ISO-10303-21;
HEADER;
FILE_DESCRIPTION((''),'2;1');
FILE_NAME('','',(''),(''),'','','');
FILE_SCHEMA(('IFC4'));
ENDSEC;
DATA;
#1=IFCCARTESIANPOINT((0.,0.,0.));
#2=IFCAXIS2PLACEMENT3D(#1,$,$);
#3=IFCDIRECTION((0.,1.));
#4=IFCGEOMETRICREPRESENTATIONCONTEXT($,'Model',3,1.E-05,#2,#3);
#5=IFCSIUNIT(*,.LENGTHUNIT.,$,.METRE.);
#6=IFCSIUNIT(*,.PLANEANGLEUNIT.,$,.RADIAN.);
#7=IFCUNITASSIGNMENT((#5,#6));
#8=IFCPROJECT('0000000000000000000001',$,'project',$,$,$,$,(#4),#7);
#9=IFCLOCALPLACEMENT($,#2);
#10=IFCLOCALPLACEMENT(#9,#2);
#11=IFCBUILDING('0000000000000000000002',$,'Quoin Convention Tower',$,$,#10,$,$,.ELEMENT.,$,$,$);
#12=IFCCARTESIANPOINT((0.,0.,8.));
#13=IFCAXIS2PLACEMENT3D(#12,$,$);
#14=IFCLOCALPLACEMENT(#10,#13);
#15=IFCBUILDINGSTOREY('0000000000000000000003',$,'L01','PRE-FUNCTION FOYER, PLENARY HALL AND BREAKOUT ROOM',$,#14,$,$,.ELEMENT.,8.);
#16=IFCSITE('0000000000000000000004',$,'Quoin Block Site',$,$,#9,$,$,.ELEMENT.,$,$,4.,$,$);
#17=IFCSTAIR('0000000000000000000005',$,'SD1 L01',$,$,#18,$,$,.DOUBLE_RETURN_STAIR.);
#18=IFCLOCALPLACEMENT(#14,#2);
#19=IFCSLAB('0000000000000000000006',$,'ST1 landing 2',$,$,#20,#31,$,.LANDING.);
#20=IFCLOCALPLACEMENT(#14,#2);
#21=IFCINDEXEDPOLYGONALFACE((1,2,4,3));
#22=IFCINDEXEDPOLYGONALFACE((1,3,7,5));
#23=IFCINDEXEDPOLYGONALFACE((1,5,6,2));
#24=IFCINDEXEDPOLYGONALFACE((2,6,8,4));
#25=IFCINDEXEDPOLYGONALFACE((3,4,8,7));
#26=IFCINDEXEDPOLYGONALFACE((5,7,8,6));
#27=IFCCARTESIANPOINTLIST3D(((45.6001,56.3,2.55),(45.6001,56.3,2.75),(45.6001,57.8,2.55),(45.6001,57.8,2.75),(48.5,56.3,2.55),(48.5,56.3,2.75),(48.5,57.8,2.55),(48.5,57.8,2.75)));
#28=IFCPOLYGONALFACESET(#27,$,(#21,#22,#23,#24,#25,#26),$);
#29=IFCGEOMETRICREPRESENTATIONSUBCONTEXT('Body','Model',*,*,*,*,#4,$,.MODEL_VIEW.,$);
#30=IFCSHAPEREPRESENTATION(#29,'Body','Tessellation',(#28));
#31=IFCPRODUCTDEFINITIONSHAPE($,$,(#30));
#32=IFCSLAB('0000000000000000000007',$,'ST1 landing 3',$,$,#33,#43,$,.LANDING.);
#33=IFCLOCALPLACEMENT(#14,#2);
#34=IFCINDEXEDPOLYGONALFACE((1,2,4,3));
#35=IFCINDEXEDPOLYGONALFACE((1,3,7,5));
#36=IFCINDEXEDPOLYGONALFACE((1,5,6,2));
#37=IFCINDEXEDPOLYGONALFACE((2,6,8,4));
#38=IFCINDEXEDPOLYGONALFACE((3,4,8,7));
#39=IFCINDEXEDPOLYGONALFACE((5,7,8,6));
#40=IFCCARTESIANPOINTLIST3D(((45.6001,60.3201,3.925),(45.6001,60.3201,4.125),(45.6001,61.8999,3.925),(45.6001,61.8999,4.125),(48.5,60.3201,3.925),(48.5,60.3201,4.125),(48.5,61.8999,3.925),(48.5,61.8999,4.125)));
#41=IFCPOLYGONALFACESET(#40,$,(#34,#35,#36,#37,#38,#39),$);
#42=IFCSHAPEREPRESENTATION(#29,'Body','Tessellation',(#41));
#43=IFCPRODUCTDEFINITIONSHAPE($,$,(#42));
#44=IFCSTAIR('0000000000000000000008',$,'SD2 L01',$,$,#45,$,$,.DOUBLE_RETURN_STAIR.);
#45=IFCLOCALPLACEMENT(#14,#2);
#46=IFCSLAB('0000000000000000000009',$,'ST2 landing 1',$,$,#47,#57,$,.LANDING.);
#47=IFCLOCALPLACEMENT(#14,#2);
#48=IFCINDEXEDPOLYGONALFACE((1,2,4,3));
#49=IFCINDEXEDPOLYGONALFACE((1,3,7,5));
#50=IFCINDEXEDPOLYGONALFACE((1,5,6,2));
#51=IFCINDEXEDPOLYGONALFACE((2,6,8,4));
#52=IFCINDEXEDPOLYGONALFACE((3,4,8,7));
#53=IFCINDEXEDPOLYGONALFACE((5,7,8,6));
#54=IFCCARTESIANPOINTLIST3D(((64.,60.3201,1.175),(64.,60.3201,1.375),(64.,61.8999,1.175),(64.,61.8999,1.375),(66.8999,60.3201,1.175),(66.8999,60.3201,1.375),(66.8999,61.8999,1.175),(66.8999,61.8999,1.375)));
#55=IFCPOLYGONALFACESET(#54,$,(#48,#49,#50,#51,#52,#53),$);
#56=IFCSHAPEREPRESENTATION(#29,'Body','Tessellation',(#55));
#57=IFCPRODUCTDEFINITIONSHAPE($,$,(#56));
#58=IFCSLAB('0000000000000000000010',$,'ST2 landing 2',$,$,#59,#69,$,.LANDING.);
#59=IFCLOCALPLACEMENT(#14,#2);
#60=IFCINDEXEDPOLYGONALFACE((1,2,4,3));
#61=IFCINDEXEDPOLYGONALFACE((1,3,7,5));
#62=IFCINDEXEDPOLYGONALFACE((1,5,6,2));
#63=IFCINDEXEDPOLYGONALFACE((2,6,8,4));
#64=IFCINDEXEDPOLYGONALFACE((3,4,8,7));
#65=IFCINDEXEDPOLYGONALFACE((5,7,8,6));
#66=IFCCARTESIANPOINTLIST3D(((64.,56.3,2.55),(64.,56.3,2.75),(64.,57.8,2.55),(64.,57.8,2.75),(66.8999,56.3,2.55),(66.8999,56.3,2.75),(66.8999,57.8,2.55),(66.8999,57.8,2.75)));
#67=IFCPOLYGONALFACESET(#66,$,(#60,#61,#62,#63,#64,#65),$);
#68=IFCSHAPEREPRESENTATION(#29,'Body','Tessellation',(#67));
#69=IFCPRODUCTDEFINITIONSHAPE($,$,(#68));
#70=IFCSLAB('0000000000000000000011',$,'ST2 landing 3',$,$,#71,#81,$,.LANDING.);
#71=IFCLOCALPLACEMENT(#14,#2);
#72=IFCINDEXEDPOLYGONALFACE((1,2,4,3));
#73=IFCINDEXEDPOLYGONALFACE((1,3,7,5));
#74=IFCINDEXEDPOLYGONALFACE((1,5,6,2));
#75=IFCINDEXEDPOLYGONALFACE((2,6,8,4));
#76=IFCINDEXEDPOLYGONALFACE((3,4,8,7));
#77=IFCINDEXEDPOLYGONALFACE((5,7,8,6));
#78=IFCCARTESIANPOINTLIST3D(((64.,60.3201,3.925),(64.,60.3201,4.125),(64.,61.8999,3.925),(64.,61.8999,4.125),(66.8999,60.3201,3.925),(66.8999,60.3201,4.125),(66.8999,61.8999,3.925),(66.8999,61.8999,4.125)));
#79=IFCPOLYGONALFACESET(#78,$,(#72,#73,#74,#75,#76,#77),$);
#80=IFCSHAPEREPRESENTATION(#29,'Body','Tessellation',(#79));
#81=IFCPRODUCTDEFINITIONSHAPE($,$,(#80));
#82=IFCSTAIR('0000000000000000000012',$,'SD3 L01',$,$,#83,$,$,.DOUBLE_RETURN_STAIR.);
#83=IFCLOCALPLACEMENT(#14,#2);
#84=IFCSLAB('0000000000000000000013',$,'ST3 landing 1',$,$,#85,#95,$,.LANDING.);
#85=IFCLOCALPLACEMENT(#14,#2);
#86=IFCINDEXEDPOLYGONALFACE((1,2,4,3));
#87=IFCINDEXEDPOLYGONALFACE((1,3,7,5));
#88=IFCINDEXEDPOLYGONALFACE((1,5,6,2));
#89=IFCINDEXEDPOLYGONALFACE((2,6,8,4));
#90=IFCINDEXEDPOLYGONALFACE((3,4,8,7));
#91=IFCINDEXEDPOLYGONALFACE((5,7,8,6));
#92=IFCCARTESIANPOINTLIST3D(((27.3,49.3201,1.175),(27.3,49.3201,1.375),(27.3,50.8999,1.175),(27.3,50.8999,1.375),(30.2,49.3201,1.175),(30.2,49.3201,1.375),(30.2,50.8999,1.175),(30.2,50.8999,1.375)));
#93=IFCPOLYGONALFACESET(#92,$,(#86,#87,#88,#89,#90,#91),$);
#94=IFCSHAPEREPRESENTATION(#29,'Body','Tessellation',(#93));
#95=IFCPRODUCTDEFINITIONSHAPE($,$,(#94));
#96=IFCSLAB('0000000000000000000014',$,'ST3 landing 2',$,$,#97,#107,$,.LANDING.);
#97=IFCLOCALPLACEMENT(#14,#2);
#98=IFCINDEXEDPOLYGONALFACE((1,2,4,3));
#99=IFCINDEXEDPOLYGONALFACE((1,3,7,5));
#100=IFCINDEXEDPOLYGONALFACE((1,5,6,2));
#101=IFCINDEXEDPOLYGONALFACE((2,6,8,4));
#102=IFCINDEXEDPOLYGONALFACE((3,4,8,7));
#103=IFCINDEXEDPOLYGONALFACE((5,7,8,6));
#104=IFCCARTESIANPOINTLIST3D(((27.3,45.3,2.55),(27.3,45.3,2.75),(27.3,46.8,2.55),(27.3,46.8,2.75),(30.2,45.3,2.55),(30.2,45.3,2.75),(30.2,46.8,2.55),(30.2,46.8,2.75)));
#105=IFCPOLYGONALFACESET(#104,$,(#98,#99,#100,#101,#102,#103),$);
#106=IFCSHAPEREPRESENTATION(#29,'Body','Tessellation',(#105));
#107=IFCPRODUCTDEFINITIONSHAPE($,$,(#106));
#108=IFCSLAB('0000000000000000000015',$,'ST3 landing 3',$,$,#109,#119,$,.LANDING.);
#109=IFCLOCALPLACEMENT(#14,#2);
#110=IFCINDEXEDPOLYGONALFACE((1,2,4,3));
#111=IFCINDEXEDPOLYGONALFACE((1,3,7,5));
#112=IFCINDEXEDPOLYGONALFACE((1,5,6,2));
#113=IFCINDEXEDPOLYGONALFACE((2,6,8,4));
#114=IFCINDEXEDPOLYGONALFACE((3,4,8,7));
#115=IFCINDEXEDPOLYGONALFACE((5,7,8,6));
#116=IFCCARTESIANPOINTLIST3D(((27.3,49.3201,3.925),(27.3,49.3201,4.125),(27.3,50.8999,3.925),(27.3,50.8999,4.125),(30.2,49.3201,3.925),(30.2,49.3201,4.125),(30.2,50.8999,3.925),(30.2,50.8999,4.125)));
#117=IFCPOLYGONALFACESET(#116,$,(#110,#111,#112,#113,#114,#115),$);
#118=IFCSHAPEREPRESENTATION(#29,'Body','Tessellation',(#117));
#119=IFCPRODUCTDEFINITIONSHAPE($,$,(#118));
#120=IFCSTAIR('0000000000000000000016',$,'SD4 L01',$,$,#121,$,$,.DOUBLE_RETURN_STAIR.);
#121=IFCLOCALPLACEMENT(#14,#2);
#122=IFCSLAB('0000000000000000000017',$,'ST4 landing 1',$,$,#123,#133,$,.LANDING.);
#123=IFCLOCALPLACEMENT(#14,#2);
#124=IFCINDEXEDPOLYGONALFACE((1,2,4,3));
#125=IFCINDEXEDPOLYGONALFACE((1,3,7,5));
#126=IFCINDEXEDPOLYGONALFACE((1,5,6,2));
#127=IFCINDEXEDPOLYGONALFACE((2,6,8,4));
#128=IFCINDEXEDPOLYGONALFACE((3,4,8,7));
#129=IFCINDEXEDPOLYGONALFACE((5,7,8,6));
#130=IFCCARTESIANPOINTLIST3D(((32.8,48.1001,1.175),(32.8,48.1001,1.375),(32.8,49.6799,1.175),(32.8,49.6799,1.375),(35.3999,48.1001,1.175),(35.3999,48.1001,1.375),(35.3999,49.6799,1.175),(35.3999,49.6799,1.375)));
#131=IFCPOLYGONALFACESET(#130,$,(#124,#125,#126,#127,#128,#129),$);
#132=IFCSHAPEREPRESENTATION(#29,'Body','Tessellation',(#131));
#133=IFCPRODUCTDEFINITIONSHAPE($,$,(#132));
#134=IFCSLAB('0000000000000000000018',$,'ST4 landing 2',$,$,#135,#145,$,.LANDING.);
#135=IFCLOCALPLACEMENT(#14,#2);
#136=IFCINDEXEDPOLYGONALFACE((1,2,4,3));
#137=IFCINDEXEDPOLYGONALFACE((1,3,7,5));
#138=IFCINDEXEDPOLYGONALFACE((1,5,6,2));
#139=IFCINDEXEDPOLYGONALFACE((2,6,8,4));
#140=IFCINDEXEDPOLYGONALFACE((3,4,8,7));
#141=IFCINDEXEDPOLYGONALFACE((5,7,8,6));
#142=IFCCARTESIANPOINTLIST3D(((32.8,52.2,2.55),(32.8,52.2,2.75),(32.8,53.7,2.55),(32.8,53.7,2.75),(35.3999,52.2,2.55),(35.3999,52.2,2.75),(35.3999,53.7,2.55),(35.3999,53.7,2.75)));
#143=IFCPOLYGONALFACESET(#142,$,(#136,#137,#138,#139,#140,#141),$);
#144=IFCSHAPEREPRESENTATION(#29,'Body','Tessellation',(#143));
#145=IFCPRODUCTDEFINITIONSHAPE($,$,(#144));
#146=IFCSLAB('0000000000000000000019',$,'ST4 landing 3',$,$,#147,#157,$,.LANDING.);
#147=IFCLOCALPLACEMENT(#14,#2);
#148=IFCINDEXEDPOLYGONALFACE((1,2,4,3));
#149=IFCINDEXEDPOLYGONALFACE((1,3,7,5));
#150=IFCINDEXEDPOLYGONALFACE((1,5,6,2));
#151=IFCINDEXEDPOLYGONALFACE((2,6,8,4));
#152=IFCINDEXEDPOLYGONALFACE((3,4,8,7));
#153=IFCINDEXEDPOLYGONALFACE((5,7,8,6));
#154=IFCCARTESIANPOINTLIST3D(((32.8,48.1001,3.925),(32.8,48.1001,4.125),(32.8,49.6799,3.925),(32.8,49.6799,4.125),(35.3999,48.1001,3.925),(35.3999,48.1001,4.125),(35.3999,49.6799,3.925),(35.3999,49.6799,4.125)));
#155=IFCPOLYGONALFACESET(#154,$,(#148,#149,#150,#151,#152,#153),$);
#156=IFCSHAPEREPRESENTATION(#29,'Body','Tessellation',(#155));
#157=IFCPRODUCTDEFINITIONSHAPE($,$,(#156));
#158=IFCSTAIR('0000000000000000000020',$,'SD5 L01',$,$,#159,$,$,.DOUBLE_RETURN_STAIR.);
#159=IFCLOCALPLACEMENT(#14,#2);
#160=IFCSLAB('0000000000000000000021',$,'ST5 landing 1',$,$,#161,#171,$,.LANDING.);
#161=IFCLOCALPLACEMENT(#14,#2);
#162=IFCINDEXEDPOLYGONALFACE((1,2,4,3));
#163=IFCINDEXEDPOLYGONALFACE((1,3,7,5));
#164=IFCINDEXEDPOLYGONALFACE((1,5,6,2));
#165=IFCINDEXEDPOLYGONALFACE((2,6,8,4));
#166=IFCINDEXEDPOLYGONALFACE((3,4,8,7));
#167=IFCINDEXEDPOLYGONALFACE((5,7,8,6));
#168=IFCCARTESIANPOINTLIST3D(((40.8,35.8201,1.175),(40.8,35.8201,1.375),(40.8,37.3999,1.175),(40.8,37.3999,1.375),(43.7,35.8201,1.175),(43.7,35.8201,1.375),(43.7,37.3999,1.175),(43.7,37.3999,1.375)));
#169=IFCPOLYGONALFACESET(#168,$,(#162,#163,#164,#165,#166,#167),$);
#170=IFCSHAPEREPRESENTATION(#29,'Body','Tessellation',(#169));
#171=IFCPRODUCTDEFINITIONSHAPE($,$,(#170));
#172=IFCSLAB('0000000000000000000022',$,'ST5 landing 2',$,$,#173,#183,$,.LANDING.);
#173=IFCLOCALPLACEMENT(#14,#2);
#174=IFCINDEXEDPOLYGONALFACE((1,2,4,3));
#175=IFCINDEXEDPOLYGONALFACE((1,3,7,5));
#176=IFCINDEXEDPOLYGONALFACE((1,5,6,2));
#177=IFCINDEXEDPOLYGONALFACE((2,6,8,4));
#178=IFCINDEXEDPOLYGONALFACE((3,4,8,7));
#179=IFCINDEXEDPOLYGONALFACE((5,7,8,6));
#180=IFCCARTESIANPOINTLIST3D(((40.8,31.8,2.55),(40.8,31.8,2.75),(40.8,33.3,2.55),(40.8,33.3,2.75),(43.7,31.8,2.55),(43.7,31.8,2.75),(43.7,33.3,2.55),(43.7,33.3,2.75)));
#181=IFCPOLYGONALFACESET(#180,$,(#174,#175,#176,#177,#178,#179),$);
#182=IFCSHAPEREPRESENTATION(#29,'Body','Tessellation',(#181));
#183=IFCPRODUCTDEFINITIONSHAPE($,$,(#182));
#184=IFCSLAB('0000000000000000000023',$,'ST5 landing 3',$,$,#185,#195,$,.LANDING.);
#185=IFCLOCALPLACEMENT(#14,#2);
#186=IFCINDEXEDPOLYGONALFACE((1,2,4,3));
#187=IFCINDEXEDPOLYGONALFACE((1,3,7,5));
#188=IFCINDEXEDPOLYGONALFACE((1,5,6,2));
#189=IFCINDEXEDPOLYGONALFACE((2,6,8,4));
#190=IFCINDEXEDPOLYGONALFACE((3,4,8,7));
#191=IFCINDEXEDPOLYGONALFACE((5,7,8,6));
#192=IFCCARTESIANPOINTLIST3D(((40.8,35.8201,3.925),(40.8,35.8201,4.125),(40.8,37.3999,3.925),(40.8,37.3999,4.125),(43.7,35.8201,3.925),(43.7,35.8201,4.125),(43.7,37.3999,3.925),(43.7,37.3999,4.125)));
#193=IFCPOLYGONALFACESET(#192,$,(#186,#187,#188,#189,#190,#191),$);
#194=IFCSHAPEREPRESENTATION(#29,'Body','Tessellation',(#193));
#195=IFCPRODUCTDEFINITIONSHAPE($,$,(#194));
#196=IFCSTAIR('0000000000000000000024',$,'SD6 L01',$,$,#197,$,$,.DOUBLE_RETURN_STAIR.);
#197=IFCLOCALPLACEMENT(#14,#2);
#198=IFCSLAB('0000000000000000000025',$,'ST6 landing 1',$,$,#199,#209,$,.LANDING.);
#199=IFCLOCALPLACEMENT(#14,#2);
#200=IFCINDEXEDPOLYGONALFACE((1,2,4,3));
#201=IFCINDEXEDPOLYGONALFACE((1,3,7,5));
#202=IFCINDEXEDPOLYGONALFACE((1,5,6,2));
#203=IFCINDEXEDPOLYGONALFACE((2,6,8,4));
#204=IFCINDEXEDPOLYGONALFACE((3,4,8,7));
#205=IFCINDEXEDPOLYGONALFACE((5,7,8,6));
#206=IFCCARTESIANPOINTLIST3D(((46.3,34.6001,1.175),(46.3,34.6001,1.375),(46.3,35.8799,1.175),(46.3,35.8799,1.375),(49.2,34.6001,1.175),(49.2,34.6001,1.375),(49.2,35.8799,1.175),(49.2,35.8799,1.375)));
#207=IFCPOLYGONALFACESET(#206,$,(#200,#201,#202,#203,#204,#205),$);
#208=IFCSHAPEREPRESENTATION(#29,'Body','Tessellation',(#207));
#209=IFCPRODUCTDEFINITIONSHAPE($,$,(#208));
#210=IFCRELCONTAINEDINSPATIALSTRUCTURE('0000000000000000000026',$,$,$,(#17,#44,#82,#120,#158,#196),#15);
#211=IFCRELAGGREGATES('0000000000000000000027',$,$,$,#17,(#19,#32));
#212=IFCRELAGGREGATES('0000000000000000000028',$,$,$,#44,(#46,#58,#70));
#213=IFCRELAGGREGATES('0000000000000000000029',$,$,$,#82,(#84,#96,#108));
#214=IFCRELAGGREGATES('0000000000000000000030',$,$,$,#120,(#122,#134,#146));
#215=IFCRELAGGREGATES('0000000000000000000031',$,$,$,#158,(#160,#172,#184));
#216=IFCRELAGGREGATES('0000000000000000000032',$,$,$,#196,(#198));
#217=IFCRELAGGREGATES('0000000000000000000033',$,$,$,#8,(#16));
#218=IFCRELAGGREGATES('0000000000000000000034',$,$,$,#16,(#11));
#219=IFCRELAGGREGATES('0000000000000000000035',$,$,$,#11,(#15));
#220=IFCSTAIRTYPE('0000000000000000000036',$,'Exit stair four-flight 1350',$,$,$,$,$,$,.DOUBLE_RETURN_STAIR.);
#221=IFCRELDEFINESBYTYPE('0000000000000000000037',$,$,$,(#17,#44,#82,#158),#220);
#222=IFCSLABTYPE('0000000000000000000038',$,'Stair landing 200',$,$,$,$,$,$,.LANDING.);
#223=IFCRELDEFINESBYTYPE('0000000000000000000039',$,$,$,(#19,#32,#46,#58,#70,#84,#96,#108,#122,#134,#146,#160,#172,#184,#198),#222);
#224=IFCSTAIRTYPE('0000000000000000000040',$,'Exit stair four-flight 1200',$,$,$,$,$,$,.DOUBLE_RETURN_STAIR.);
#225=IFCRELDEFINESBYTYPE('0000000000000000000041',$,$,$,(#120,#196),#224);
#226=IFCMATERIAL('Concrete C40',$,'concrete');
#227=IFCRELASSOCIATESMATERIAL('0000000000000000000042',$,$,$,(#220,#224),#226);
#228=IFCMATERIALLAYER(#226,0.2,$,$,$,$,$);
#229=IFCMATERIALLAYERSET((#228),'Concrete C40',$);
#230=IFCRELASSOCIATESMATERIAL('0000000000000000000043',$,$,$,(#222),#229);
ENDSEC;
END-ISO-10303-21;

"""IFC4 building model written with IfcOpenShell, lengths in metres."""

from ifc_helpers import new_model, si_unit, direction, frame, origin, place, context, subcontext, project, spatial, polyline, outline, extrude, material, layer, layer_set, type_object, element, aggregate, save


model = new_model("IFC4")

# Units and contexts
model_context = context("Model", 3, precision=1e-05, world=origin(), true_north=direction((0.0, 1.0)))
body_context = subcontext(model_context, "Body", "Model", "MODEL_VIEW")
ifc_project = project(units=[si_unit("LENGTHUNIT", "METRE"), si_unit("PLANEANGLEUNIT", "RADIAN")], contexts=[model_context])

# Site, building, storey
site_placement = place(None, origin())
site = spatial("IfcSite", under=ifc_project, at=site_placement, Name="Quoin Block Site", CompositionType="ELEMENT", RefElevation=4.0)
building_placement = place(site_placement, origin())
building = spatial("IfcBuilding", under=site, at=building_placement, Name="Quoin Convention Tower", CompositionType="ELEMENT")
storey_placement = place(building_placement, frame((0.0, 0.0, 8.0)))
storey = spatial("IfcBuildingStorey", under=building, at=storey_placement, Name="L01", Description="PRE-FUNCTION FOYER, PLENARY HALL AND BREAKOUT ROOM", CompositionType="ELEMENT", Elevation=8.0)

# Stairs, slabs
ifc_material_1 = material(Name="Concrete C40", Category="concrete")
stair_type_1 = type_object("IfcStairType", Name="Exit stair four-flight 1350", PredefinedType="DOUBLE_RETURN_STAIR", material=ifc_material_1)
stair_1_placement = place(storey_placement, origin())
stair_1 = element("IfcStair", 1, at=stair_1_placement, inside=storey, type_object=stair_type_1, Name="SD1 L01", PredefinedType="DOUBLE_RETURN_STAIR")
ifc_layer_1 = layer(ifc_material_1, 0.2)
ifc_layer_set_1 = layer_set([ifc_layer_1], Name="Concrete C40")
slab_type_1 = type_object("IfcSlabType", Name="Stair landing 200", PredefinedType="LANDING", material=ifc_layer_set_1)
slab_1_placement = place(storey_placement, frame((0.0, 0.0, 2.55)))
slab_1 = element("IfcSlab", 2, at=slab_1_placement, type_object=slab_type_1, Name="ST1 landing 2", PredefinedType="LANDING", context=body_context, shape_type="SweptSolid", body=[
    extrude(outline(polyline([(45.6001, 56.3), (48.5, 56.3), (48.5, 57.8), (45.6001, 57.8), (45.6001, 56.3)])), origin(), (0.0, 0.0, 1.0), 0.2),
])
slab_2_placement = place(storey_placement, frame((0.0, 0.0, 3.925)))
slab_2 = element("IfcSlab", 3, at=slab_2_placement, type_object=slab_type_1, Name="ST1 landing 3", PredefinedType="LANDING", context=body_context, shape_type="SweptSolid", body=[
    extrude(outline(polyline([(45.6001, 60.3201), (48.5, 60.3201), (48.5, 61.8999), (45.6001, 61.8999), (45.6001, 60.3201)])), origin(), (0.0, 0.0, 1.0), 0.2),
])
aggregate(stair_1, [slab_1, slab_2])
stair_2_placement = place(storey_placement, origin())
stair_2 = element("IfcStair", 4, at=stair_2_placement, inside=storey, type_object=stair_type_1, Name="SD2 L01", PredefinedType="DOUBLE_RETURN_STAIR")
slab_3_placement = place(storey_placement, frame((0.0, 0.0, 1.175)))
slab_3 = element("IfcSlab", 5, at=slab_3_placement, type_object=slab_type_1, Name="ST2 landing 1", PredefinedType="LANDING", context=body_context, shape_type="SweptSolid", body=[
    extrude(outline(polyline([(64.0, 60.3201), (66.8999, 60.3201), (66.8999, 61.8999), (64.0, 61.8999), (64.0, 60.3201)])), origin(), (0.0, 0.0, 1.0), 0.2),
])
slab_4_placement = place(storey_placement, frame((0.0, 0.0, 2.55)))
slab_4 = element("IfcSlab", 6, at=slab_4_placement, type_object=slab_type_1, Name="ST2 landing 2", PredefinedType="LANDING", context=body_context, shape_type="SweptSolid", body=[
    extrude(outline(polyline([(64.0, 56.3), (66.8999, 56.3), (66.8999, 57.8), (64.0, 57.8), (64.0, 56.3)])), origin(), (0.0, 0.0, 1.0), 0.2),
])
slab_5_placement = place(storey_placement, frame((0.0, 0.0, 3.925)))
slab_5 = element("IfcSlab", 7, at=slab_5_placement, type_object=slab_type_1, Name="ST2 landing 3", PredefinedType="LANDING", context=body_context, shape_type="SweptSolid", body=[
    extrude(outline(polyline([(64.0, 60.3201), (66.8999, 60.3201), (66.8999, 61.8999), (64.0, 61.8999), (64.0, 60.3201)])), origin(), (0.0, 0.0, 1.0), 0.2),
])
aggregate(stair_2, [slab_3, slab_4, slab_5])
stair_3_placement = place(storey_placement, origin())
stair_3 = element("IfcStair", 8, at=stair_3_placement, inside=storey, type_object=stair_type_1, Name="SD3 L01", PredefinedType="DOUBLE_RETURN_STAIR")
slab_6_placement = place(storey_placement, frame((0.0, 0.0, 1.175)))
slab_6 = element("IfcSlab", 9, at=slab_6_placement, type_object=slab_type_1, Name="ST3 landing 1", PredefinedType="LANDING", context=body_context, shape_type="SweptSolid", body=[
    extrude(outline(polyline([(27.3, 49.3201), (30.2, 49.3201), (30.2, 50.8999), (27.3, 50.8999), (27.3, 49.3201)])), origin(), (0.0, 0.0, 1.0), 0.2),
])
slab_7_placement = place(storey_placement, frame((0.0, 0.0, 2.55)))
slab_7 = element("IfcSlab", 10, at=slab_7_placement, type_object=slab_type_1, Name="ST3 landing 2", PredefinedType="LANDING", context=body_context, shape_type="SweptSolid", body=[
    extrude(outline(polyline([(27.3, 45.3), (30.2, 45.3), (30.2, 46.8), (27.3, 46.8), (27.3, 45.3)])), origin(), (0.0, 0.0, 1.0), 0.2),
])
slab_8_placement = place(storey_placement, frame((0.0, 0.0, 3.925)))
slab_8 = element("IfcSlab", 11, at=slab_8_placement, type_object=slab_type_1, Name="ST3 landing 3", PredefinedType="LANDING", context=body_context, shape_type="SweptSolid", body=[
    extrude(outline(polyline([(27.3, 49.3201), (30.2, 49.3201), (30.2, 50.8999), (27.3, 50.8999), (27.3, 49.3201)])), origin(), (0.0, 0.0, 1.0), 0.2),
])
aggregate(stair_3, [slab_6, slab_7, slab_8])
stair_type_2 = type_object("IfcStairType", Name="Exit stair four-flight 1200", PredefinedType="DOUBLE_RETURN_STAIR", material=ifc_material_1)
stair_4_placement = place(storey_placement, origin())
stair_4 = element("IfcStair", 12, at=stair_4_placement, inside=storey, type_object=stair_type_2, Name="SD4 L01", PredefinedType="DOUBLE_RETURN_STAIR")
slab_9_placement = place(storey_placement, frame((0.0, 0.0, 1.175)))
slab_9 = element("IfcSlab", 13, at=slab_9_placement, type_object=slab_type_1, Name="ST4 landing 1", PredefinedType="LANDING", context=body_context, shape_type="SweptSolid", body=[
    extrude(outline(polyline([(35.3999, 49.6799), (32.8, 49.6799), (32.8, 48.1001), (35.3999, 48.1001), (35.3999, 49.6799)])), origin(), (0.0, 0.0, 1.0), 0.2),
])
slab_10_placement = place(storey_placement, frame((0.0, 0.0, 2.55)))
slab_10 = element("IfcSlab", 14, at=slab_10_placement, type_object=slab_type_1, Name="ST4 landing 2", PredefinedType="LANDING", context=body_context, shape_type="SweptSolid", body=[
    extrude(outline(polyline([(35.3999, 53.7), (32.8, 53.7), (32.8, 52.2), (35.3999, 52.2), (35.3999, 53.7)])), origin(), (0.0, 0.0, 1.0), 0.2),
])
slab_11_placement = place(storey_placement, frame((0.0, 0.0, 3.925)))
slab_11 = element("IfcSlab", 15, at=slab_11_placement, type_object=slab_type_1, Name="ST4 landing 3", PredefinedType="LANDING", context=body_context, shape_type="SweptSolid", body=[
    extrude(outline(polyline([(35.3999, 49.6799), (32.8, 49.6799), (32.8, 48.1001), (35.3999, 48.1001), (35.3999, 49.6799)])), origin(), (0.0, 0.0, 1.0), 0.2),
])
aggregate(stair_4, [slab_9, slab_10, slab_11])
stair_5_placement = place(storey_placement, origin())
stair_5 = element("IfcStair", 16, at=stair_5_placement, inside=storey, type_object=stair_type_1, Name="SD5 L01", PredefinedType="DOUBLE_RETURN_STAIR")
slab_12_placement = place(storey_placement, frame((0.0, 0.0, 1.175)))
slab_12 = element("IfcSlab", 17, at=slab_12_placement, type_object=slab_type_1, Name="ST5 landing 1", PredefinedType="LANDING", context=body_context, shape_type="SweptSolid", body=[
    extrude(outline(polyline([(40.8, 35.8201), (43.7, 35.8201), (43.7, 37.3999), (40.8, 37.3999), (40.8, 35.8201)])), origin(), (0.0, 0.0, 1.0), 0.2),
])
slab_13_placement = place(storey_placement, frame((0.0, 0.0, 2.55)))
slab_13 = element("IfcSlab", 18, at=slab_13_placement, type_object=slab_type_1, Name="ST5 landing 2", PredefinedType="LANDING", context=body_context, shape_type="SweptSolid", body=[
    extrude(outline(polyline([(40.8, 31.8), (43.7, 31.8), (43.7, 33.3), (40.8, 33.3), (40.8, 31.8)])), origin(), (0.0, 0.0, 1.0), 0.2),
])
slab_14_placement = place(storey_placement, frame((0.0, 0.0, 3.925)))
slab_14 = element("IfcSlab", 19, at=slab_14_placement, type_object=slab_type_1, Name="ST5 landing 3", PredefinedType="LANDING", context=body_context, shape_type="SweptSolid", body=[
    extrude(outline(polyline([(40.8, 35.8201), (43.7, 35.8201), (43.7, 37.3999), (40.8, 37.3999), (40.8, 35.8201)])), origin(), (0.0, 0.0, 1.0), 0.2),
])
aggregate(stair_5, [slab_12, slab_13, slab_14])
stair_6_placement = place(storey_placement, origin())
stair_6 = element("IfcStair", 20, at=stair_6_placement, inside=storey, type_object=stair_type_2, Name="SD6 L01", PredefinedType="DOUBLE_RETURN_STAIR")
slab_15_placement = place(storey_placement, frame((0.0, 0.0, 1.175)))
slab_15 = element("IfcSlab", 21, at=slab_15_placement, type_object=slab_type_1, Name="ST6 landing 1", PredefinedType="LANDING", context=body_context, shape_type="SweptSolid", body=[
    extrude(outline(polyline([(49.2, 35.8799), (46.3, 35.8799), (46.3, 34.6001), (49.2, 34.6001), (49.2, 35.8799)])), origin(), (0.0, 0.0, 1.0), 0.2),
])
aggregate(stair_6, [slab_15])

save(model, "model.ifc")
